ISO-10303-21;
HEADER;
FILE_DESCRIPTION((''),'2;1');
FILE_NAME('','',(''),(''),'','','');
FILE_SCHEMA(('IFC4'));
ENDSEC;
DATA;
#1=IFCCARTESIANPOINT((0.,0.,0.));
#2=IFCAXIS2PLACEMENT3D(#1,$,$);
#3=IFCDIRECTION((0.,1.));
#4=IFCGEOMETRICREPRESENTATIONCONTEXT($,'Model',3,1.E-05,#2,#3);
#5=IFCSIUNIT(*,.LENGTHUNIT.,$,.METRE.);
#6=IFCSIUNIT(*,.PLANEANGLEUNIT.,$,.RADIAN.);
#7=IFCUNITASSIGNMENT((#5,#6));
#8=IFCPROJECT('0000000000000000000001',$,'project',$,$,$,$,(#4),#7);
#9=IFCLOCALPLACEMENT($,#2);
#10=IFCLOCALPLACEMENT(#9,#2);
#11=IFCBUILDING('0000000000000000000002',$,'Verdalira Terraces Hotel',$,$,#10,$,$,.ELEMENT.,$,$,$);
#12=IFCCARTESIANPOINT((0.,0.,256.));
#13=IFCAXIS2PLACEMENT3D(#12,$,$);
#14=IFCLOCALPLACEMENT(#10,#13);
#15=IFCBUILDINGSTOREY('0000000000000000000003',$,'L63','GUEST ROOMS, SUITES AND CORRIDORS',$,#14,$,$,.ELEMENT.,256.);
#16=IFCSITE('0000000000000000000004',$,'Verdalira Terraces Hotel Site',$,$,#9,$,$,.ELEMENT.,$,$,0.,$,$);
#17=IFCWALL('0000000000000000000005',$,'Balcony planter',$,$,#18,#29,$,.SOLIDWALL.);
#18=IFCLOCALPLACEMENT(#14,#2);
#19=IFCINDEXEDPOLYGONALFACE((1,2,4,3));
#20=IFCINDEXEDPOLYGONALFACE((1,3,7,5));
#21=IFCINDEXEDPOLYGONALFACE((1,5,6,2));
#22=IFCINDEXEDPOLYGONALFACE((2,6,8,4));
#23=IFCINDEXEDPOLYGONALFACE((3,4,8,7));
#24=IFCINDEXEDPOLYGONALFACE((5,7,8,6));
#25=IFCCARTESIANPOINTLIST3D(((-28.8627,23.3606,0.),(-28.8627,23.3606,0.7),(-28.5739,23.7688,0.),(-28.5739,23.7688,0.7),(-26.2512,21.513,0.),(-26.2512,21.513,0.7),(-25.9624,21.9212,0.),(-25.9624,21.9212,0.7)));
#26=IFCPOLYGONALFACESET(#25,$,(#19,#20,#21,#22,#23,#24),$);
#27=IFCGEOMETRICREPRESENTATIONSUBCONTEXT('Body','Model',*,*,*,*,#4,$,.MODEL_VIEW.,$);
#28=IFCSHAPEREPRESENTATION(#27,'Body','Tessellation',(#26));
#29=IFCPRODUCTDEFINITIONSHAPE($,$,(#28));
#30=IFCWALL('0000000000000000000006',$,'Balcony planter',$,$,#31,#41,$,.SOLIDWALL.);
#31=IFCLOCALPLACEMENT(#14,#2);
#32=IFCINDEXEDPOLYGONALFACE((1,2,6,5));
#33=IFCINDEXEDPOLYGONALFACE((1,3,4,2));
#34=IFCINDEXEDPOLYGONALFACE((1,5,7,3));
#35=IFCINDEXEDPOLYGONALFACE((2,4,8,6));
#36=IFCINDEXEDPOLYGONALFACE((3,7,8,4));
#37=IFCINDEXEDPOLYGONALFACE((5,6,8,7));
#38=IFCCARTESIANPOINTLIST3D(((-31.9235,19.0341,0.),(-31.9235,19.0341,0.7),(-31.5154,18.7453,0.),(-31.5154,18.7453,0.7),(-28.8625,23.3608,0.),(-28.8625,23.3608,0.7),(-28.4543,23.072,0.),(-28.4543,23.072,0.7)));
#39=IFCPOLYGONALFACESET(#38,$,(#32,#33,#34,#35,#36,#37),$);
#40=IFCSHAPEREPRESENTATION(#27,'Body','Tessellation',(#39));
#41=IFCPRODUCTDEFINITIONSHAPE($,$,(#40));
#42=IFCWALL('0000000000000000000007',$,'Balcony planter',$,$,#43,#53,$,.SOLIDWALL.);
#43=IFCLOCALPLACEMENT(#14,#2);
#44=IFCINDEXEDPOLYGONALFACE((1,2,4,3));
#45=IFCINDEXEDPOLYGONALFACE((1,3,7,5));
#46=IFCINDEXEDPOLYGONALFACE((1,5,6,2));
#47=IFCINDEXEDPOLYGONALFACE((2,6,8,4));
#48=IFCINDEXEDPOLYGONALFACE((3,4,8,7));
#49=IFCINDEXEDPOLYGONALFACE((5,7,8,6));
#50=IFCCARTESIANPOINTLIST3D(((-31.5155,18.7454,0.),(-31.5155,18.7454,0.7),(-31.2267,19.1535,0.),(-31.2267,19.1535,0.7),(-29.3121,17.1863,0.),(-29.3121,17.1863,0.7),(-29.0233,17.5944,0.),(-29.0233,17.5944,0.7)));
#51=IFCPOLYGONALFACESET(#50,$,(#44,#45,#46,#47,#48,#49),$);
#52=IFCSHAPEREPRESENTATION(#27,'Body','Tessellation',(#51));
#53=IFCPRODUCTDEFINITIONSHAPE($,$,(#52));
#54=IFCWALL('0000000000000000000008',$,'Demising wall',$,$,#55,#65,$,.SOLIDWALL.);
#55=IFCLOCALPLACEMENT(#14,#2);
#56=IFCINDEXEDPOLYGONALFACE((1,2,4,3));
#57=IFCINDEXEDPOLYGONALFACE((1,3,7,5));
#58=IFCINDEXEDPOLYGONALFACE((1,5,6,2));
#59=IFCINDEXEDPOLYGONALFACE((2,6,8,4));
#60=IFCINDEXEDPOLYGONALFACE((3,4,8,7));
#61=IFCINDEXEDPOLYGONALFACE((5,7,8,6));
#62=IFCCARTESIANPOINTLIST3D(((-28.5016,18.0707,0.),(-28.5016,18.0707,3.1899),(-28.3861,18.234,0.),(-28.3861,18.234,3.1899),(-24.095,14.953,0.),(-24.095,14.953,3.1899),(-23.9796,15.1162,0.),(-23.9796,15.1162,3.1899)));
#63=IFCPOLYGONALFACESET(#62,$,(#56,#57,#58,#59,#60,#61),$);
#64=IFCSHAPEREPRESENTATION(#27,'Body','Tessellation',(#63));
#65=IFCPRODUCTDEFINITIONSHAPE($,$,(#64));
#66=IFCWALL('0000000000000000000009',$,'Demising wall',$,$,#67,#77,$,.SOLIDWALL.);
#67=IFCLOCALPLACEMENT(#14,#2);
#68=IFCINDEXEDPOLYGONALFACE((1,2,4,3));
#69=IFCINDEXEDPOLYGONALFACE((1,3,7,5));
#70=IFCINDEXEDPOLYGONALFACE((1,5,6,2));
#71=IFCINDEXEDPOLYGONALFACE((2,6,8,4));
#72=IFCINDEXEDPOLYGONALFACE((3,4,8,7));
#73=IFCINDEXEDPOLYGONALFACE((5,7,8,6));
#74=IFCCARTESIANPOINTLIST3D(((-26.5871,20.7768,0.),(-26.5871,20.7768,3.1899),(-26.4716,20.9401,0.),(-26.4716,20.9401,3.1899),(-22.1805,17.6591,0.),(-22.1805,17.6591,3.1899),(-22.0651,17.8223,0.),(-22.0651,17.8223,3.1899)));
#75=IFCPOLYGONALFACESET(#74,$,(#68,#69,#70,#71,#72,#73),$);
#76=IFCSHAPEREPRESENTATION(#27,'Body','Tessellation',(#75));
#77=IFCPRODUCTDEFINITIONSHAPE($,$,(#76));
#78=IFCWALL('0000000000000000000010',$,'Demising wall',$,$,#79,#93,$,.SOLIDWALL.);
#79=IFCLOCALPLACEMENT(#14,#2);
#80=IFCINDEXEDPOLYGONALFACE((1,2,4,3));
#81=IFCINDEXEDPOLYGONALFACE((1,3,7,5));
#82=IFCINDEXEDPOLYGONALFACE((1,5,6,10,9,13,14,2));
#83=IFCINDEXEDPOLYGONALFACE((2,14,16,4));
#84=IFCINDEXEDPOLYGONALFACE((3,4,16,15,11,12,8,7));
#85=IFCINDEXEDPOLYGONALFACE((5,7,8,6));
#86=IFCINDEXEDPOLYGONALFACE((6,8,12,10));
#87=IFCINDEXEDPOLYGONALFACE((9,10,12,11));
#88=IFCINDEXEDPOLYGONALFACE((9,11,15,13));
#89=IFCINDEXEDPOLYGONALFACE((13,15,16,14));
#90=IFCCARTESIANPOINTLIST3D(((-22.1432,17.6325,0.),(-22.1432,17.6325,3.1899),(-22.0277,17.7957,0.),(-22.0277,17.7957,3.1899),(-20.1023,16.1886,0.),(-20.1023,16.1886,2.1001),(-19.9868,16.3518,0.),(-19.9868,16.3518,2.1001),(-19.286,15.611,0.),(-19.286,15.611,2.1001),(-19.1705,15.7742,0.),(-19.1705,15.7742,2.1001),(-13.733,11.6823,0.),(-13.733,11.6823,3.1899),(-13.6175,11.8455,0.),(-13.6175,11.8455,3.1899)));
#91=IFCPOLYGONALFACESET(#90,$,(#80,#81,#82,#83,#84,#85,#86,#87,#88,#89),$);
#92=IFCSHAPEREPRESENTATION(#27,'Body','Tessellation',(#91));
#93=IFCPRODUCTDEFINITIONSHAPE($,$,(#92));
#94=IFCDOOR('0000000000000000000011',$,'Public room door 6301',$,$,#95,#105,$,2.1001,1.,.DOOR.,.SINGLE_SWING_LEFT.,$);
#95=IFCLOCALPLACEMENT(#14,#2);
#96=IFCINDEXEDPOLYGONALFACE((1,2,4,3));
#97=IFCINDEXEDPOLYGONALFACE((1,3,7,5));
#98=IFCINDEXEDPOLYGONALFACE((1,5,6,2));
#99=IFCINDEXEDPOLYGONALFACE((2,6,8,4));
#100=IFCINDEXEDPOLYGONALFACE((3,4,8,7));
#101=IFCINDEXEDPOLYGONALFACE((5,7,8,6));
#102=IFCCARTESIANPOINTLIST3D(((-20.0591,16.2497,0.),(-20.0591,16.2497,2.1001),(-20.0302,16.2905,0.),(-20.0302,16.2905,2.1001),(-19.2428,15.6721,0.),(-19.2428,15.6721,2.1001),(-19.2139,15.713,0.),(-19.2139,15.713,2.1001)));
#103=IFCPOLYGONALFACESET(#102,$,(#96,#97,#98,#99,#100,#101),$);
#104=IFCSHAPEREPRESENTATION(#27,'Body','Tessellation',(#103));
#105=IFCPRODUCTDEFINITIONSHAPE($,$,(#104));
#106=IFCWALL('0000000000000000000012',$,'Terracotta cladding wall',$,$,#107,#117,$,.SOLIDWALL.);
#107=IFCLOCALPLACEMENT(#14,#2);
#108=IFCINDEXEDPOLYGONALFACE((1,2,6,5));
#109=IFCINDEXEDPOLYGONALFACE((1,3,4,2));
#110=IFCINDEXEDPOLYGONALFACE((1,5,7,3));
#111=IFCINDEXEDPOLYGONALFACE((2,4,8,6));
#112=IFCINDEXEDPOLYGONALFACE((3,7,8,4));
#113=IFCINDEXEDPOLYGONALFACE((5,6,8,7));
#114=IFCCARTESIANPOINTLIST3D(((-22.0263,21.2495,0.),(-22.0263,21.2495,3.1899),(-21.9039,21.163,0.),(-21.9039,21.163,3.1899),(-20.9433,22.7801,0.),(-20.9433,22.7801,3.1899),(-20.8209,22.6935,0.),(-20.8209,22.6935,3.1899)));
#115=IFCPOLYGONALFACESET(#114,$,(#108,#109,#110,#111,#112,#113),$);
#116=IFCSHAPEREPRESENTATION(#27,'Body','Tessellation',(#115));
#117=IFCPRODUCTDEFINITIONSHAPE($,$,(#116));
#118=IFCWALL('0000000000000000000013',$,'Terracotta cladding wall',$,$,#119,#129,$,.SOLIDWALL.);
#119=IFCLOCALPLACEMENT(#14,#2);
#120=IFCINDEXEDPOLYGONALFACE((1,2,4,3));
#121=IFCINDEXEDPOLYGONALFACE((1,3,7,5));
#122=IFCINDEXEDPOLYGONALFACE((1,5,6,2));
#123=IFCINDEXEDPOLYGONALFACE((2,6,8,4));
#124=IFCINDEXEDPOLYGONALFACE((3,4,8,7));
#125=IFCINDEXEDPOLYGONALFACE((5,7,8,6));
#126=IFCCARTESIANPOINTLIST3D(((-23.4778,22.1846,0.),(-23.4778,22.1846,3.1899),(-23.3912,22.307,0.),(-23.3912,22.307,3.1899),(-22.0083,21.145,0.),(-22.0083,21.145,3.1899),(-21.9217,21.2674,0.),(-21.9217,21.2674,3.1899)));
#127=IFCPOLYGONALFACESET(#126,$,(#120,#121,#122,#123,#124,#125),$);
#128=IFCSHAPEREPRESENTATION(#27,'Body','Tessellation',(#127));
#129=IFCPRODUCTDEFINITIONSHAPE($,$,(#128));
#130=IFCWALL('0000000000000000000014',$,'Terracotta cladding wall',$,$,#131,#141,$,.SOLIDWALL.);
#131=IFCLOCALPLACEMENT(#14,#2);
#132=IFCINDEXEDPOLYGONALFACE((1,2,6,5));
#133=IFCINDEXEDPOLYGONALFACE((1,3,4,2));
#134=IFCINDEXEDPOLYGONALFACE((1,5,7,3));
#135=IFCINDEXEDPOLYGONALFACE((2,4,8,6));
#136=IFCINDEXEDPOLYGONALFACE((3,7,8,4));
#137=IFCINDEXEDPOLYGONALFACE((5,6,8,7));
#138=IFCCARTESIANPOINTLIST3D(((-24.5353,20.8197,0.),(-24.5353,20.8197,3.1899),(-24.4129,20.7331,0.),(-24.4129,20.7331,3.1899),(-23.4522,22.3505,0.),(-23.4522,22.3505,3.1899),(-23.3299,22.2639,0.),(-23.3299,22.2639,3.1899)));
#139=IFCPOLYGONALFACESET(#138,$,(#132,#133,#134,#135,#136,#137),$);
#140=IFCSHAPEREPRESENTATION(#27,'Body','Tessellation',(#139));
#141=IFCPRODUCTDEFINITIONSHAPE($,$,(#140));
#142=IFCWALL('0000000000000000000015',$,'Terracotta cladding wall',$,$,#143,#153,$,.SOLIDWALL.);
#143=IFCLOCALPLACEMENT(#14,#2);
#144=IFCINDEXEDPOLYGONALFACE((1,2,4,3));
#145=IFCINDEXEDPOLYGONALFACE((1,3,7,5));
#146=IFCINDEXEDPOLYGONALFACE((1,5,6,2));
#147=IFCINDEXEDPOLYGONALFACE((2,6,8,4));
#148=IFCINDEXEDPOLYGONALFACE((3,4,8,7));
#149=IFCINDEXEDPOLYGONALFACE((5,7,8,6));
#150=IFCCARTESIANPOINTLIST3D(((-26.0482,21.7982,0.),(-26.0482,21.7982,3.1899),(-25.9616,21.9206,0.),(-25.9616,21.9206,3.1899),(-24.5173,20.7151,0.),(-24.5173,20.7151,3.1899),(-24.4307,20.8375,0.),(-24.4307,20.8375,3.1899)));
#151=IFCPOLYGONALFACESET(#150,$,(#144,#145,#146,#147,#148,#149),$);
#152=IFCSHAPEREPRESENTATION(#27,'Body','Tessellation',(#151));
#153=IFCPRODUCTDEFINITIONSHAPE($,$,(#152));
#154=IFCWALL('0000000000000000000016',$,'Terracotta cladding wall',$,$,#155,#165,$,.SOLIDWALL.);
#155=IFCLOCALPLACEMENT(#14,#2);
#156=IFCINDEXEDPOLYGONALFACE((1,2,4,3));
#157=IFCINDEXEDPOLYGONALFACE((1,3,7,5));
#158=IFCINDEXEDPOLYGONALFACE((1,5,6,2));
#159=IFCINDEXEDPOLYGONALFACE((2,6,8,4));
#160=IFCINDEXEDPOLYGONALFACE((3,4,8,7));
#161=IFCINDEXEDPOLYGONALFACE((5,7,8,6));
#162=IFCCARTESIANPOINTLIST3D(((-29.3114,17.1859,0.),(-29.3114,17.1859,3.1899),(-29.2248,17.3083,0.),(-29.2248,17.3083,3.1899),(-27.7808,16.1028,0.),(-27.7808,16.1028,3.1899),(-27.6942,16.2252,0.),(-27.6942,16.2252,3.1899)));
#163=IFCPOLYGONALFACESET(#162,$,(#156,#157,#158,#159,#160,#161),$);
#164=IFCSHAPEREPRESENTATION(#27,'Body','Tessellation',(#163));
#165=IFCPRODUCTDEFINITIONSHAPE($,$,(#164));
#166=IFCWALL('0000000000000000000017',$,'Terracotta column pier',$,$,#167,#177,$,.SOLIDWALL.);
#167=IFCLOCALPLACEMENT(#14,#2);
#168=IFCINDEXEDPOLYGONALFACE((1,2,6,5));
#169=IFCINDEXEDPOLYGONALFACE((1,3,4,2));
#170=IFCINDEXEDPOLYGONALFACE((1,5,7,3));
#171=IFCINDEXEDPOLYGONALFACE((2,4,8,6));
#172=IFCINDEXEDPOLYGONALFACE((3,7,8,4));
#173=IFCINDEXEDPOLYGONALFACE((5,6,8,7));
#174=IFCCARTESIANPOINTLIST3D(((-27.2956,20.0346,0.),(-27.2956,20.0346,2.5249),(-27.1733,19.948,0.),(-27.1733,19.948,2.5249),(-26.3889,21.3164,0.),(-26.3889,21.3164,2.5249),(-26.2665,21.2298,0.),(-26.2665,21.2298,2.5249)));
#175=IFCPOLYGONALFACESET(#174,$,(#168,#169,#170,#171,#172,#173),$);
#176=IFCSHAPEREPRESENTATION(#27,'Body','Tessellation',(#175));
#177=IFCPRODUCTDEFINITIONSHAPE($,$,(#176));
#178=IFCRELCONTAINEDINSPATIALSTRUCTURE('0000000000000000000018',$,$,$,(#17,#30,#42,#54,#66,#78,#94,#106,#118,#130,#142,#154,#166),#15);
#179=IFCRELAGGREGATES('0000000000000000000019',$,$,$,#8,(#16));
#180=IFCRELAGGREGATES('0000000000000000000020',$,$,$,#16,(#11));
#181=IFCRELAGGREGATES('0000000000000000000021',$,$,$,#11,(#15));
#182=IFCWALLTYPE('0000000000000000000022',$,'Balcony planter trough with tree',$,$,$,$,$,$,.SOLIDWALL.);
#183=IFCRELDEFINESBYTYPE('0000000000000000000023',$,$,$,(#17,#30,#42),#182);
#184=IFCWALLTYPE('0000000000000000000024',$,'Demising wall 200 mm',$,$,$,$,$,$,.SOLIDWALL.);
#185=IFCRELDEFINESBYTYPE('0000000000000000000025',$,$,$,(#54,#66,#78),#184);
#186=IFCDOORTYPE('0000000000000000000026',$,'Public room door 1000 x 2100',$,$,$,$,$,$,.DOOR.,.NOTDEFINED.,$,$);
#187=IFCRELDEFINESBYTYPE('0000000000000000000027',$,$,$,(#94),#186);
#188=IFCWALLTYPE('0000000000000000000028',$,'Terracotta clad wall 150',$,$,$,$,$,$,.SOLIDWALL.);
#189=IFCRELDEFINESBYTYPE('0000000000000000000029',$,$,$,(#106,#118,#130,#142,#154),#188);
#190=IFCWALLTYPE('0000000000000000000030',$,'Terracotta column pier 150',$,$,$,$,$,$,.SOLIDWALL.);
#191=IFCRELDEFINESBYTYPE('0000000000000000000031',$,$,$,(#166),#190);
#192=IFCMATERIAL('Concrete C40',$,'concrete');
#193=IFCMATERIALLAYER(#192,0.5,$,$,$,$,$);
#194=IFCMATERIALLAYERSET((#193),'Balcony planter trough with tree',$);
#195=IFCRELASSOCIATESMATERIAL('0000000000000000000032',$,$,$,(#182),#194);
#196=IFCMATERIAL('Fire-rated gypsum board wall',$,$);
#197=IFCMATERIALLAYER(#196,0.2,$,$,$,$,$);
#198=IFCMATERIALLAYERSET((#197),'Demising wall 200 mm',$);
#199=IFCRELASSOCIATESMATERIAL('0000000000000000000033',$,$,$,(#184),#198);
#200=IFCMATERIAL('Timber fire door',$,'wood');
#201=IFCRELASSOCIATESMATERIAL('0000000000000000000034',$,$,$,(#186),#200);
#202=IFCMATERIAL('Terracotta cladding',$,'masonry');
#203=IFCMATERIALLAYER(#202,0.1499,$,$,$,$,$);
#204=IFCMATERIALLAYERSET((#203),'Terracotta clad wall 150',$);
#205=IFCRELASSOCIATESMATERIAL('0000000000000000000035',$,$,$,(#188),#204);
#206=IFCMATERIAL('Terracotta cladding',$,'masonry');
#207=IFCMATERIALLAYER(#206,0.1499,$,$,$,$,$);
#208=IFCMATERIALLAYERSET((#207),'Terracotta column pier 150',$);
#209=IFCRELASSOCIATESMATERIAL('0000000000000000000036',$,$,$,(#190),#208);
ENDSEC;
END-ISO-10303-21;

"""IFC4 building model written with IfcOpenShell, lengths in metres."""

from ifc_helpers import new_model, si_unit, direction, frame, frame_2d, origin, place, context, subcontext, project, spatial, rectangle, extrude, material, layer, layer_set, type_object, element, fill, save


model = new_model("IFC4")

# Units and contexts
model_context = context("Model", 3, precision=1e-05, world=origin(), true_north=direction((0.0, 1.0)))
body_context = subcontext(model_context, "Body", "Model", "MODEL_VIEW")
ifc_project = project(units=[si_unit("LENGTHUNIT", "METRE"), si_unit("PLANEANGLEUNIT", "RADIAN")], contexts=[model_context])

# Site, building, storey
site_placement = place(None, origin())
site = spatial("IfcSite", under=ifc_project, at=site_placement, Name="Verdalira Terraces Hotel Site", CompositionType="ELEMENT", RefElevation=0.0)
building_placement = place(site_placement, origin())
building = spatial("IfcBuilding", under=site, at=building_placement, Name="Verdalira Terraces Hotel", CompositionType="ELEMENT")
storey_placement = place(building_placement, frame((0.0, 0.0, 256.0)))
storey = spatial("IfcBuildingStorey", under=building, at=storey_placement, Name="L63", Description="GUEST ROOMS, SUITES AND CORRIDORS", CompositionType="ELEMENT", Elevation=256.0)

# Walls
ifc_material_1 = material(Name="Concrete C40", Category="concrete")
ifc_layer_1 = layer(ifc_material_1, 0.5)
ifc_layer_set_1 = layer_set([ifc_layer_1], Name="Balcony planter trough with tree")
wall_type_1 = type_object("IfcWallType", Name="Balcony planter trough with tree", PredefinedType="SOLIDWALL", material=ifc_layer_set_1)
wall_1_placement = place(storey_placement, frame((-26.1067, 21.717, 0.0), z_axis=(0.0, 0.0, 1.0), x_axis=(-0.81635, 0.577558, 0.0)))
element("IfcWall", 1, at=wall_1_placement, inside=storey, type_object=wall_type_1, Name="Balcony planter", PredefinedType="SOLIDWALL", context=body_context, shape_type="SweptSolid", body=[
    extrude(rectangle(XDim=3.199, YDim=0.5, at=frame_2d((1.5996, 0.0))), origin(), (0.0, 0.0, 1.0), 0.7),
])
wall_2_placement = place(storey_placement, frame((-28.6584, 23.2163, 0.0), z_axis=(0.0, 0.0, 1.0), x_axis=(-0.577555, -0.816352, 0.0)))
element("IfcWall", 2, at=wall_2_placement, inside=storey, type_object=wall_type_1, Name="Balcony planter", PredefinedType="SOLIDWALL", context=body_context, shape_type="SweptSolid", body=[
    extrude(rectangle(XDim=5.3, YDim=0.5, at=frame_2d((2.6499, 0.0))), origin(), (0.0, 0.0, 1.0), 0.7),
])
wall_3_placement = place(storey_placement, frame((-31.3711, 18.9495, 0.0), z_axis=(0.0, 0.0, 1.0), x_axis=(0.816311, -0.577613, 0.0)))
element("IfcWall", 3, at=wall_3_placement, inside=storey, type_object=wall_type_1, Name="Balcony planter", PredefinedType="SOLIDWALL", context=body_context, shape_type="SweptSolid", body=[
    extrude(rectangle(XDim=2.6992, YDim=0.5, at=frame_2d((1.3496, 0.0))), origin(), (0.0, 0.0, 1.0), 0.7),
])
ifc_material_2 = material(Name="Fire-rated gypsum board wall")
ifc_layer_2 = layer(ifc_material_2, 0.2)
ifc_layer_set_2 = layer_set([ifc_layer_2], Name="Demising wall 200 mm")
wall_type_2 = type_object("IfcWallType", Name="Demising wall 200 mm", PredefinedType="SOLIDWALL", material=ifc_layer_set_2)
for number, where, z_axis, x_axis, name in (
    (4, (-28.4438, 18.1523, 0.0), (0.0, 0.0, 1.0), (0.816338, -0.577574, 0.0), "Demising wall"),
    (5, (-22.1228, 17.7407, 0.0), (0.0, 0.0, 1.0), (-0.816338, 0.577574, 0.0), "Demising wall"),
):
    element("IfcWall", number, at=place(storey_placement, frame(where, z_axis=z_axis, x_axis=x_axis)), inside=storey, type_object=wall_type_2, Name=name, PredefinedType="SOLIDWALL", context=body_context, shape_type="SweptSolid", body=[
        extrude(rectangle(XDim=5.3979, YDim=0.2, at=frame_2d((2.699, 0.0))), origin(), (0.0, 0.0, 1.0), 3.1899),
    ])

# Wall, opening, door
wall_4_placement = place(storey_placement, frame((-22.0854, 17.7141, 0.0), z_axis=(0.0, 0.0, 1.0), x_axis=(0.816345, -0.577565, 0.0)))
wall_4 = element("IfcWall", 6, at=wall_4_placement, inside=storey, type_object=wall_type_2, Name="Demising wall", PredefinedType="SOLIDWALL", context=body_context, shape_type="SweptSolid", body=[
    extrude(rectangle(XDim=10.3022, YDim=0.2, at=frame_2d((5.1511, 0.0))), origin(), (0.0, 0.0, 1.0), 3.1899),
])
opening_1_placement = place(wall_4_placement, frame((2.5, 0.0, 0.0)))
opening_1 = element("IfcOpeningElement", 7, at=opening_1_placement, cuts=wall_4, PredefinedType="OPENING", context=body_context, shape_type="SweptSolid", body=[
    extrude(rectangle(XDim=1.0, YDim=2.1001, at=frame_2d((0.5, 1.05))), frame((0.0, 0.1099, 0.0), z_axis=(0.0, -1.0, 0.0), x_axis=(1.0, 0.0, 0.0)), (0.0, 0.0, 1.0), 0.22),
])
ifc_material_3 = material(Name="Timber fire door", Category="wood")
door_type_1 = type_object("IfcDoorType", Name="Public room door 1000 x 2100", OperationType="NOTDEFINED", PredefinedType="DOOR", material=ifc_material_3)
door_1_placement = place(opening_1_placement, origin())
door_1 = element("IfcDoor", 8, at=door_1_placement, inside=storey, type_object=door_type_1, Name="Public room door 6301", OperationType="SINGLE_SWING_LEFT", OverallHeight=2.1001, OverallWidth=1.0, PredefinedType="DOOR", context=body_context, shape_type="SweptSolid", body=[
    extrude(rectangle(XDim=1.0, YDim=2.1001, at=frame_2d((0.5, 1.05))), frame((0.0, 0.0249, 0.0), z_axis=(0.0, -1.0, 0.0), x_axis=(1.0, 0.0, 0.0)), (0.0, 0.0, 1.0), 0.05),
])
fill(opening_1, door_1)

# Walls
ifc_material_4 = material(Name="Terracotta cladding", Category="masonry")
ifc_layer_3 = layer(ifc_material_4, 0.1499)
ifc_layer_set_3 = layer_set([ifc_layer_3], Name="Terracotta clad wall 150")
wall_type_3 = type_object("IfcWallType", Name="Terracotta clad wall 150", PredefinedType="SOLIDWALL", material=ifc_layer_set_3)
wall_5_placement = place(storey_placement, frame((-20.8821, 22.7368, 0.0), z_axis=(0.0, 0.0, 1.0), x_axis=(-0.577623, -0.816303, 0.0)))
element("IfcWall", 9, at=wall_5_placement, inside=storey, type_object=wall_type_3, Name="Terracotta cladding wall", PredefinedType="SOLIDWALL", context=body_context, shape_type="SweptSolid", body=[
    extrude(rectangle(XDim=1.875, YDim=0.1499, at=frame_2d((0.9375, 0.0))), origin(), (0.0, 0.0, 1.0), 3.1899),
])
wall_6_placement = place(storey_placement, frame((-21.9651, 21.2063, 0.0), z_axis=(0.0, 0.0, 1.0), x_axis=(-0.816374, 0.577524, 0.0)))
element("IfcWall", 10, at=wall_6_placement, inside=storey, type_object=wall_type_3, Name="Terracotta cladding wall", PredefinedType="SOLIDWALL", context=body_context, shape_type="SweptSolid", body=[
    extrude(rectangle(XDim=1.8, YDim=0.1499, at=frame_2d((0.8999, 0.0))), origin(), (0.0, 0.0, 1.0), 3.1899),
])
for number, where, z_axis, x_axis, name in (
    (11, (-23.3911, 22.3071, 0.0), (0.0, 0.0, 1.0), (-0.577562, -0.816347, 0.0), "Terracotta cladding wall"),
    (12, (-24.4741, 20.7764, 0.0), (0.0, 0.0, 1.0), (-0.816347, 0.577562, 0.0), "Terracotta cladding wall"),
):
    element("IfcWall", number, at=place(storey_placement, frame(where, z_axis=z_axis, x_axis=x_axis)), inside=storey, type_object=wall_type_3, Name=name, PredefinedType="SOLIDWALL", context=body_context, shape_type="SweptSolid", body=[
        extrude(rectangle(XDim=1.8752, YDim=0.1499, at=frame_2d((0.9375, 0.0))), origin(), (0.0, 0.0, 1.0), 3.1899),
    ])
wall_7_placement = place(storey_placement, frame((-29.2681, 17.2471, 0.0), z_axis=(0.0, 0.0, 1.0), x_axis=(0.816303, -0.577623, 0.0)))
element("IfcWall", 13, at=wall_7_placement, inside=storey, type_object=wall_type_3, Name="Terracotta cladding wall", PredefinedType="SOLIDWALL", context=body_context, shape_type="SweptSolid", body=[
    extrude(rectangle(XDim=1.875, YDim=0.1499, at=frame_2d((0.9375, 0.0))), origin(), (0.0, 0.0, 1.0), 3.1899),
])
ifc_material_5 = material(Name="Terracotta cladding", Category="masonry")
ifc_layer_4 = layer(ifc_material_5, 0.1499)
ifc_layer_set_4 = layer_set([ifc_layer_4], Name="Terracotta column pier 150")
wall_type_4 = type_object("IfcWallType", Name="Terracotta column pier 150", PredefinedType="SOLIDWALL", material=ifc_layer_set_4)
wall_8_placement = place(storey_placement, frame((-26.3276, 21.2732, 0.0), z_axis=(0.0, 0.0, 1.0), x_axis=(-0.577525, -0.816373, 0.0)))
element("IfcWall", 14, at=wall_8_placement, inside=storey, type_object=wall_type_4, Name="Terracotta column pier", PredefinedType="SOLIDWALL", context=body_context, shape_type="SweptSolid", body=[
    extrude(rectangle(XDim=1.5701, YDim=0.1499, at=frame_2d((0.7852, 0.0))), origin(), (0.0, 0.0, 1.0), 2.5249),
])

save(model, "model.ifc")
